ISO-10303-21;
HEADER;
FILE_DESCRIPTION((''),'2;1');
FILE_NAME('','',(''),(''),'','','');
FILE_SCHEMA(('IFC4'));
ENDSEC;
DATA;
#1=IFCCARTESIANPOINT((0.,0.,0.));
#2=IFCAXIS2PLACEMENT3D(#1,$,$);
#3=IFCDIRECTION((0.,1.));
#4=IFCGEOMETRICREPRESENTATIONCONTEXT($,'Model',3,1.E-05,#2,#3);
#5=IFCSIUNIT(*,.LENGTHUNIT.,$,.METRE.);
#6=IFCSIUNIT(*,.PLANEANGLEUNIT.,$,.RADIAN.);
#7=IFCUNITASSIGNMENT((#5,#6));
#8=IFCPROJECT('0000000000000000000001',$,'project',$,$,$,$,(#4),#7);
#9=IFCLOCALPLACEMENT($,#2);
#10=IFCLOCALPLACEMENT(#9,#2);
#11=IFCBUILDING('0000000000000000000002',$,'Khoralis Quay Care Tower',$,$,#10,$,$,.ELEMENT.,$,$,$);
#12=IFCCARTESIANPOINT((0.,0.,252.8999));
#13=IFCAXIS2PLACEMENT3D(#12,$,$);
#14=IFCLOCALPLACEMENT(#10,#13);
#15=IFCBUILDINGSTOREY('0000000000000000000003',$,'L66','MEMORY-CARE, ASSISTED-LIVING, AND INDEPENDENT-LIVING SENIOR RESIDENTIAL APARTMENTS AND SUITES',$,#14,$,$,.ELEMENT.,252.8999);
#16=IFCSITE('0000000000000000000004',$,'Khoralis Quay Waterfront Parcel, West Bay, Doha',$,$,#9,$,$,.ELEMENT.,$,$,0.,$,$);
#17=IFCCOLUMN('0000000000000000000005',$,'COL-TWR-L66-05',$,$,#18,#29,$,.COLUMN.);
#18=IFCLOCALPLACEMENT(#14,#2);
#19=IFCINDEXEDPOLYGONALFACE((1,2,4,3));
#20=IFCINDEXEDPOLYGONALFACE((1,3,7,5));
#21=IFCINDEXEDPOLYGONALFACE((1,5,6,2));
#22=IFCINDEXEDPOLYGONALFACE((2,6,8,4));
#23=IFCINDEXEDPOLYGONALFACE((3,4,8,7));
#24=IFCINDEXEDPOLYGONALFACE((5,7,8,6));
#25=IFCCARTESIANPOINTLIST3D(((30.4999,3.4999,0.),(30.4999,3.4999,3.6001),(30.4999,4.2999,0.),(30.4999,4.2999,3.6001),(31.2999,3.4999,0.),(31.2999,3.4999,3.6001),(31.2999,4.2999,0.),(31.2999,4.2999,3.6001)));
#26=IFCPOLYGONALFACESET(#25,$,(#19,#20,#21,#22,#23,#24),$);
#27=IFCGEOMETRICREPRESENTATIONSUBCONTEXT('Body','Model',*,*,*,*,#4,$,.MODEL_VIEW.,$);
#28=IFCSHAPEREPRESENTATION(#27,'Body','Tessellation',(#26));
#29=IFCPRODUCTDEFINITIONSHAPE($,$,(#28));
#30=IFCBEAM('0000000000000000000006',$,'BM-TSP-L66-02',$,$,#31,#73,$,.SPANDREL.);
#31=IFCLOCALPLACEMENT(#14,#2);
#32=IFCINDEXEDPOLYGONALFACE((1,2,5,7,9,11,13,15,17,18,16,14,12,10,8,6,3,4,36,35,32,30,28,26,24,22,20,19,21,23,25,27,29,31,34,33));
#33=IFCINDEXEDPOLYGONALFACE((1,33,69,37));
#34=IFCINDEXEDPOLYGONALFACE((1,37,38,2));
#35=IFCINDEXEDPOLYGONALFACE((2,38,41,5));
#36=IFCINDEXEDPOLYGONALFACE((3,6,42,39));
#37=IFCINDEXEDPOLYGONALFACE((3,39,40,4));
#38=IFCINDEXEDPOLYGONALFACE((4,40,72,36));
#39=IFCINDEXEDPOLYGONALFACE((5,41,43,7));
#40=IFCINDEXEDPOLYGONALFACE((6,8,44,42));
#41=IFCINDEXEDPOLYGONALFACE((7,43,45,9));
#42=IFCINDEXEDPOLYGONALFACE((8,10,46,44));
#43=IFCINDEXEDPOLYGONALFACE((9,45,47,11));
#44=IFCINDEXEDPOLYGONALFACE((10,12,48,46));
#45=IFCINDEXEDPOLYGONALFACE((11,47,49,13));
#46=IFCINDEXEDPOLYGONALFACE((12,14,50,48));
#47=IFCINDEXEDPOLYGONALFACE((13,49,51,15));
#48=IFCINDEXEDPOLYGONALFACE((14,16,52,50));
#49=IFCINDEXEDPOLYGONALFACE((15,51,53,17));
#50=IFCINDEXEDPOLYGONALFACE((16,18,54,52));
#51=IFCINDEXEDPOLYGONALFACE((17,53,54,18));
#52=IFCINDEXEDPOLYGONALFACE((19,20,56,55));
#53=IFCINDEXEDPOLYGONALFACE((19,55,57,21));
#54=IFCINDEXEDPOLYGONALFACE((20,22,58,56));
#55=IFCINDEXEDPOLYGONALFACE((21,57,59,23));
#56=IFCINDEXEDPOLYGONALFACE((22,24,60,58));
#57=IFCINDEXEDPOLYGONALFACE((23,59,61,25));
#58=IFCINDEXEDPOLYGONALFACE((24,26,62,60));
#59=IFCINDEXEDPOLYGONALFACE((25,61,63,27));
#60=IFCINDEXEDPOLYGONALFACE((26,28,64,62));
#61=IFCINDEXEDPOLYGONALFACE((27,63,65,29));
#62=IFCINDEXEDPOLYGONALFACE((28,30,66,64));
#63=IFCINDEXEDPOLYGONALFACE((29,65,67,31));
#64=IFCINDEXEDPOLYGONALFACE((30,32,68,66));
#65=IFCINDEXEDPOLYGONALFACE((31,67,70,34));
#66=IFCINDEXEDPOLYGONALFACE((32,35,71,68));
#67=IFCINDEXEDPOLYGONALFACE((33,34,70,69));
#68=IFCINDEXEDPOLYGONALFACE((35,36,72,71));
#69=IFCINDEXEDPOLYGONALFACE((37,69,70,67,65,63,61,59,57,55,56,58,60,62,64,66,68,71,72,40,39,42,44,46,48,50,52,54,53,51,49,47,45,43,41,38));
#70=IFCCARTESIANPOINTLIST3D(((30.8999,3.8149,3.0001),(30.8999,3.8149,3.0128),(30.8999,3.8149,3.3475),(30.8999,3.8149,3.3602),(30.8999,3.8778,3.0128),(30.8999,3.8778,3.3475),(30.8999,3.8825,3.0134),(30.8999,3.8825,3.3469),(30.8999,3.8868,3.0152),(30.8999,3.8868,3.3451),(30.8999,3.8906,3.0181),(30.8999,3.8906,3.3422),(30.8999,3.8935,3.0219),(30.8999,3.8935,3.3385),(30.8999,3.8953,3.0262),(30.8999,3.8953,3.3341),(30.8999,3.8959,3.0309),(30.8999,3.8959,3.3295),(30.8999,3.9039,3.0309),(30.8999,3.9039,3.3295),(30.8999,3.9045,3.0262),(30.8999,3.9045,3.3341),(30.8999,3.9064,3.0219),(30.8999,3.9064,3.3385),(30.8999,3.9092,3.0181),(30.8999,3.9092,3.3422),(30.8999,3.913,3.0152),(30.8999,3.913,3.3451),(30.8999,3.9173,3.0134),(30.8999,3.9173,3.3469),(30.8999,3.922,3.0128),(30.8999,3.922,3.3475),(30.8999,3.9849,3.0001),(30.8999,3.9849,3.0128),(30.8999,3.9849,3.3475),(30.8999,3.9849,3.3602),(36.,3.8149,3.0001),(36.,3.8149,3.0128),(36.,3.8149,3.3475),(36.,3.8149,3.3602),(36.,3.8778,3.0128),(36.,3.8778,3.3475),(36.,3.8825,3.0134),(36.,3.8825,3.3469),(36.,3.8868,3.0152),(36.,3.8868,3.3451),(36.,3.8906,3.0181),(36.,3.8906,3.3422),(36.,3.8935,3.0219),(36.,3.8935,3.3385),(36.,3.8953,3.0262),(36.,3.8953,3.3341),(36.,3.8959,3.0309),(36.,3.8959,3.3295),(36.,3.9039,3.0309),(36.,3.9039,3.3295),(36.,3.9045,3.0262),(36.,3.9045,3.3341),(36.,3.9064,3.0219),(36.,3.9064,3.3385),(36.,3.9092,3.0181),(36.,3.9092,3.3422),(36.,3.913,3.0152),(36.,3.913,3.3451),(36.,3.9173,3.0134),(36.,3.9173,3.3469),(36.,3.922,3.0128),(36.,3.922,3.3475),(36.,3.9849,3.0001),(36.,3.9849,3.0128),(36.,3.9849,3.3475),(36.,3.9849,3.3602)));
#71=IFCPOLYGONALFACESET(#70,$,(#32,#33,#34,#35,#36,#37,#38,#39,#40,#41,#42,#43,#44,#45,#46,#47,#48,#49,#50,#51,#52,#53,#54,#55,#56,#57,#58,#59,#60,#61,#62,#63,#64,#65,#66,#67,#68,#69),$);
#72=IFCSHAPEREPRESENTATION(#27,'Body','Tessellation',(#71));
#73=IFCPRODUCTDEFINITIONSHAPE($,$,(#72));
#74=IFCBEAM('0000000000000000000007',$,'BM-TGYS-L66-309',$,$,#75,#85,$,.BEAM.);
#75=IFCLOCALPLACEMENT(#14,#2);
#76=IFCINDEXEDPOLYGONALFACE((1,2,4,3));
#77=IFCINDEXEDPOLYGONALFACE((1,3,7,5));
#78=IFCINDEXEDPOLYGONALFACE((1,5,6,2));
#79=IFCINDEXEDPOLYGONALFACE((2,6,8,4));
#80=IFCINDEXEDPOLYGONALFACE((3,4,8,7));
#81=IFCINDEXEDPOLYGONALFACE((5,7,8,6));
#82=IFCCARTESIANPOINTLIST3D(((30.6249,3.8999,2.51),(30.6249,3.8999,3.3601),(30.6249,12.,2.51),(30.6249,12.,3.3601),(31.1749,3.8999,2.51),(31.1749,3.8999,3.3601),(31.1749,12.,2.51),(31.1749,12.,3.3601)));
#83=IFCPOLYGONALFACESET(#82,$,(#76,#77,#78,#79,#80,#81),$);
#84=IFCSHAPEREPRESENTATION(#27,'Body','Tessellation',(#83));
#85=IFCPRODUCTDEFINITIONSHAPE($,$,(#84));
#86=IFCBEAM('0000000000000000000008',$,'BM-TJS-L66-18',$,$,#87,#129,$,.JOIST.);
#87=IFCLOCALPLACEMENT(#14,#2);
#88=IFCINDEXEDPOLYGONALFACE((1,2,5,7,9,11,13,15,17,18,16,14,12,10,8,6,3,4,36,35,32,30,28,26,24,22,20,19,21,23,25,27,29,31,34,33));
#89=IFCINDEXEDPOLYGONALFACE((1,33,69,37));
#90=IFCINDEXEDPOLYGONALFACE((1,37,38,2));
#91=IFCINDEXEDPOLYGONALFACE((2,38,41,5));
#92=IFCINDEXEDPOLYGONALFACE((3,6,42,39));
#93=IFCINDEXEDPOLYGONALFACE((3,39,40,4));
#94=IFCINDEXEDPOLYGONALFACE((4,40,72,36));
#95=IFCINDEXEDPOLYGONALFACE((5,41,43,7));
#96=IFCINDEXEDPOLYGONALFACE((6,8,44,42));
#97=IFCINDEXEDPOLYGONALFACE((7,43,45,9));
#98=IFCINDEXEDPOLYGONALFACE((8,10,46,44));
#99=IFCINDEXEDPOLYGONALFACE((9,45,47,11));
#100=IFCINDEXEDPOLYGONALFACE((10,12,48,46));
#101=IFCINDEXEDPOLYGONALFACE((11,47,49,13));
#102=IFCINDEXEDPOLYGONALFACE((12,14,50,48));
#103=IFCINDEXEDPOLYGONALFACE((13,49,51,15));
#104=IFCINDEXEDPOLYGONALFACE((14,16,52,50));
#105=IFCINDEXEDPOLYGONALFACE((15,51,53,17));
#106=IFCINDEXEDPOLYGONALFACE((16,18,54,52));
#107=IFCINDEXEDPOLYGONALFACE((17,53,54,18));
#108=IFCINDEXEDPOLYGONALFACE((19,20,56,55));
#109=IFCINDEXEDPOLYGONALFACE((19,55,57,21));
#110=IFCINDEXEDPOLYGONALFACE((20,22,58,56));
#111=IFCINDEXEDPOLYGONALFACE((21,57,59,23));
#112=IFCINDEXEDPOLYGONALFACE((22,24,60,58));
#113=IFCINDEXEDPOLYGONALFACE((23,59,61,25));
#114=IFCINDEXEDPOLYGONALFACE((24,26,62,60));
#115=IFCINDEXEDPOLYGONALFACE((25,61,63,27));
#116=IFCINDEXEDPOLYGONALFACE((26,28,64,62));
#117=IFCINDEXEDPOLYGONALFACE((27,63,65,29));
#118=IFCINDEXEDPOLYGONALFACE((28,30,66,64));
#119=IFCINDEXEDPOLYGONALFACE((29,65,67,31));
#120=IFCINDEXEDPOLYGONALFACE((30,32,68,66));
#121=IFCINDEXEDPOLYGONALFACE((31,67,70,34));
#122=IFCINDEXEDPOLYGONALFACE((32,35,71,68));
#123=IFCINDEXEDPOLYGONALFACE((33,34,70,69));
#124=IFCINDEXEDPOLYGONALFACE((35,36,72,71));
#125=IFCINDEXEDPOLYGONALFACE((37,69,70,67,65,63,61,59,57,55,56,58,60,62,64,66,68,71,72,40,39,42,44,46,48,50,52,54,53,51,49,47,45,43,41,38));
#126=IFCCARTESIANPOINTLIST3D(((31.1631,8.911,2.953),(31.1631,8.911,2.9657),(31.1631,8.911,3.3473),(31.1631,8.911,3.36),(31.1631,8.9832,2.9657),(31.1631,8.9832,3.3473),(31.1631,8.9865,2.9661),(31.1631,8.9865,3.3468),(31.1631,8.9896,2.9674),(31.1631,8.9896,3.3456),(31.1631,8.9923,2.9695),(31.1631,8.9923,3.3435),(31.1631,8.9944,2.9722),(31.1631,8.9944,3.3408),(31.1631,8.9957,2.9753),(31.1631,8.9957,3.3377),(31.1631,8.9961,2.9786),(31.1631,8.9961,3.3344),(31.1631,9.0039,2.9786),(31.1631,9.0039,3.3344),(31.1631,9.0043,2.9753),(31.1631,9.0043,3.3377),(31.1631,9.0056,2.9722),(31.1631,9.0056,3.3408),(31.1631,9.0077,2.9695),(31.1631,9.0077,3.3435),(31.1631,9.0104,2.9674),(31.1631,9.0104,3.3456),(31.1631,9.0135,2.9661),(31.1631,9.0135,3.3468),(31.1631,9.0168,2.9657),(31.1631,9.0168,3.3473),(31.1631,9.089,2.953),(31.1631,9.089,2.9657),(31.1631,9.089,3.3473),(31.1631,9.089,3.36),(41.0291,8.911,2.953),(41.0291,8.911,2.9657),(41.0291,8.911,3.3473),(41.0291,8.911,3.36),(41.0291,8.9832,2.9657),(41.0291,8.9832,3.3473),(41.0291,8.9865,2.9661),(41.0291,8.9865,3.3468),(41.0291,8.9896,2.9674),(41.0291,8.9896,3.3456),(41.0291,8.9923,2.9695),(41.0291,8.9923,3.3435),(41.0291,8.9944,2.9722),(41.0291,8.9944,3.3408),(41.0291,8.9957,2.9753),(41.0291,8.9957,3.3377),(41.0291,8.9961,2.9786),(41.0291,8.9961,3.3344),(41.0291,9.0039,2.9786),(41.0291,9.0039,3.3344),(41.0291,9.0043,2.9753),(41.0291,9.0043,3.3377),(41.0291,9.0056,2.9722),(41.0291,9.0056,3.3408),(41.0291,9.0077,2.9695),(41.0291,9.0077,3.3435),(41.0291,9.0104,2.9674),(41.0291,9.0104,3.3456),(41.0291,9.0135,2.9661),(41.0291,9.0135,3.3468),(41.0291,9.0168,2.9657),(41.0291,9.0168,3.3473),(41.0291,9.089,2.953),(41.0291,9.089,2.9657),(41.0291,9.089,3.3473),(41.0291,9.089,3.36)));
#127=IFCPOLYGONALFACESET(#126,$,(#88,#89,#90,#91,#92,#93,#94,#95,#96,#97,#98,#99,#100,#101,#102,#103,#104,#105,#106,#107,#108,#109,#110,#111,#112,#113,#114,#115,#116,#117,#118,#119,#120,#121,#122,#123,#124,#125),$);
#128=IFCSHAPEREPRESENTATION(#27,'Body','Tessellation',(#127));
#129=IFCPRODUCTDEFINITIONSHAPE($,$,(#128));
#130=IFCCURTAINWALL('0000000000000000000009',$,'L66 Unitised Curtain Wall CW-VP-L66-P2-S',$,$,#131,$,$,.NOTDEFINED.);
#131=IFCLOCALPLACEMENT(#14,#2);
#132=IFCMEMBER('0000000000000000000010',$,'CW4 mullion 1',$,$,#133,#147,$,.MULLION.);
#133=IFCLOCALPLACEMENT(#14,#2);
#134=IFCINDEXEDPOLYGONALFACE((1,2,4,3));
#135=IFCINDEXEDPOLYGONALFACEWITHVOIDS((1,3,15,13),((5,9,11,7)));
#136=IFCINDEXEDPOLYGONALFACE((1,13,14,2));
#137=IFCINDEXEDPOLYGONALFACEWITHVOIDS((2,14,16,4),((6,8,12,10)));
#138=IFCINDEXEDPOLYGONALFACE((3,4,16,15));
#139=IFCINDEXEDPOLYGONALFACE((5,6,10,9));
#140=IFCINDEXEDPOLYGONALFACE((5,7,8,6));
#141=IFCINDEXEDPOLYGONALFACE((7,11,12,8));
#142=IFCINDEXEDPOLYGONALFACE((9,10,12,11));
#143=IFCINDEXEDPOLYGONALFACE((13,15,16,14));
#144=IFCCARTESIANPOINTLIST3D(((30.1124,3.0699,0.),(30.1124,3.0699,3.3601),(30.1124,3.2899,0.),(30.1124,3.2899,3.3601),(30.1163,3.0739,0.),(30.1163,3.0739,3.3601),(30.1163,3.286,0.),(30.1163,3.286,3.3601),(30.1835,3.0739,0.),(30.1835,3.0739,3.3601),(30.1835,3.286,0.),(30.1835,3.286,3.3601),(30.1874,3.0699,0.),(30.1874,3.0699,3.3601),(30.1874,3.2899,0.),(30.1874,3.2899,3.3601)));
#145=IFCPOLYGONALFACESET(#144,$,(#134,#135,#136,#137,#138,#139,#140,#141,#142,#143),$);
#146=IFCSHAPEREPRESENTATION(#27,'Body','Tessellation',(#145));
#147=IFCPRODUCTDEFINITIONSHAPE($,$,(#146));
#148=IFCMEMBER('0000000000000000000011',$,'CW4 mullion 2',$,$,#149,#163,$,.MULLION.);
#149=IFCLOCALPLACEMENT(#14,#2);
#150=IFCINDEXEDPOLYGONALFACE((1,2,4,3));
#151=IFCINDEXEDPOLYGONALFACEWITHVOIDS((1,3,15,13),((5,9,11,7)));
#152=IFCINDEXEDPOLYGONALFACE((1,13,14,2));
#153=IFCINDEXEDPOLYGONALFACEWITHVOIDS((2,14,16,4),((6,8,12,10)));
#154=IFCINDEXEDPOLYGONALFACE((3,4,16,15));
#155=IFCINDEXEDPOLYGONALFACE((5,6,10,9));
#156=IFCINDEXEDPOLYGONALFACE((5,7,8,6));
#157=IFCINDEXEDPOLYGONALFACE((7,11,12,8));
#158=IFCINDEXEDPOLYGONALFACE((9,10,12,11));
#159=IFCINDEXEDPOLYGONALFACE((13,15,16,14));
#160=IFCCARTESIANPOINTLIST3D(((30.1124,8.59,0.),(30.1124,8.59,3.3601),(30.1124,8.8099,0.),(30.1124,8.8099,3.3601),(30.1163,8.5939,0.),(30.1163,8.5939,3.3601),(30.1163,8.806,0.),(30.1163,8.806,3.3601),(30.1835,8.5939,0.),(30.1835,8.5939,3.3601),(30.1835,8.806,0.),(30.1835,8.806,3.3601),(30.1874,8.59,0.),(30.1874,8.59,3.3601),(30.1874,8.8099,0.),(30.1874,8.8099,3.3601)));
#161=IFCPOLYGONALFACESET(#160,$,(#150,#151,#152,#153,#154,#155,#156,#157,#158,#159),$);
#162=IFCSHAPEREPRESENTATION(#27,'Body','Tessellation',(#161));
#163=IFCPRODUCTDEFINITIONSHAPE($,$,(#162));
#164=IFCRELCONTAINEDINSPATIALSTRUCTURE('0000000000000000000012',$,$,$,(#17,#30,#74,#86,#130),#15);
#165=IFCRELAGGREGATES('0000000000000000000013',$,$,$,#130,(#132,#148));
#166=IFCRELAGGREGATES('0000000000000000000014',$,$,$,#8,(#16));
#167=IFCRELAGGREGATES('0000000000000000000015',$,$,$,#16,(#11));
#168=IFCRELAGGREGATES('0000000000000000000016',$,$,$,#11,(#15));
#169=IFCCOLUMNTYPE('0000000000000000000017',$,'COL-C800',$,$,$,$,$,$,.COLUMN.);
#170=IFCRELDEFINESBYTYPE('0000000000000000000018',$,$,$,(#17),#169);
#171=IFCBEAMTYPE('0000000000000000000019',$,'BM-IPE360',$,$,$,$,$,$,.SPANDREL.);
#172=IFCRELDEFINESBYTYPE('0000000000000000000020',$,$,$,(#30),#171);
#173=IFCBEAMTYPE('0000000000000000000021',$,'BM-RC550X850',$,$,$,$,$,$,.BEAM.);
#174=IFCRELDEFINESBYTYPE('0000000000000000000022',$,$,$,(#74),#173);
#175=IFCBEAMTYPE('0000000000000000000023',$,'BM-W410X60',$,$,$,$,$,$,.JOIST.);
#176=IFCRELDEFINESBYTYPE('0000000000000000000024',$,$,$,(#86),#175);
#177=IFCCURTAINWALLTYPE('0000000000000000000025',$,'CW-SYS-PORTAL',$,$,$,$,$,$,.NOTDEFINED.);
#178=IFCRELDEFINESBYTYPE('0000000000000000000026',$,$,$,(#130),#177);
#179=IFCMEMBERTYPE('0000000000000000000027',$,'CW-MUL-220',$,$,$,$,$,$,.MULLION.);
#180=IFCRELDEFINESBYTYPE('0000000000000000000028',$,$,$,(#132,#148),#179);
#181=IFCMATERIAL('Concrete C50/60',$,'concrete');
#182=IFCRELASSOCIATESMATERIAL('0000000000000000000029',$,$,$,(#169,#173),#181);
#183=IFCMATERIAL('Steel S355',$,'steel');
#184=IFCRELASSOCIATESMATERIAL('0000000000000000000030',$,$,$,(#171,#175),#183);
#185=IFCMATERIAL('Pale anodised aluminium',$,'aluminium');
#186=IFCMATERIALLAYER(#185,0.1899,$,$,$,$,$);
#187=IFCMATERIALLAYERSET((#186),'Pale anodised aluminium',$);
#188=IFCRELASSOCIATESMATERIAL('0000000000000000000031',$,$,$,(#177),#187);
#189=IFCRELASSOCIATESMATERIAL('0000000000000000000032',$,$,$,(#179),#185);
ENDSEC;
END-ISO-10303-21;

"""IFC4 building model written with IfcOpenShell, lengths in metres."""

from ifc_helpers import new_model, si_unit, direction, frame, origin, origin_2d, place, context, subcontext, project, spatial, rectangle, hollow_rectangle, i_section, extrude, source, transform, mapped, material, layer, layer_set, material_profile, profile_set, type_object, element, aggregate, save


model = new_model("IFC4")

# Units and contexts
model_context = context("Model", 3, precision=1e-05, world=origin(), true_north=direction((0.0, 1.0)))
body_context = subcontext(model_context, "Body", "Model", "MODEL_VIEW")
ifc_project = project(units=[si_unit("LENGTHUNIT", "METRE"), si_unit("PLANEANGLEUNIT", "RADIAN")], contexts=[model_context])

# Site, building, storey
site_placement = place(None, origin())
site = spatial("IfcSite", under=ifc_project, at=site_placement, Name="Khoralis Quay Waterfront Parcel, West Bay, Doha", CompositionType="ELEMENT", RefElevation=0.0)
building_placement = place(site_placement, origin())
building = spatial("IfcBuilding", under=site, at=building_placement, Name="Khoralis Quay Care Tower", CompositionType="ELEMENT")
storey_placement = place(building_placement, frame((0.0, 0.0, 252.8999)))
storey = spatial("IfcBuildingStorey", under=building, at=storey_placement, Name="L66", Description="MEMORY-CARE, ASSISTED-LIVING, AND INDEPENDENT-LIVING SENIOR RESIDENTIAL APARTMENTS AND SUITES", CompositionType="ELEMENT", Elevation=252.8999)

# Column
ifc_material_1 = material(Name="Concrete C50/60", Category="concrete")
ifc_material_profile_1 = material_profile(ifc_material_1, rectangle(XDim=0.8, YDim=0.8, at=origin_2d()), Name="Concrete C50/60")
ifc_profile_set_1 = profile_set([ifc_material_profile_1], Name="Concrete C50/60")
column_type = type_object("IfcColumnType", Name="COL-C800", PredefinedType="COLUMN", material=ifc_profile_set_1)
shared_shape_1 = source(origin(), body_context, "Body", "SweptSolid", [
    extrude(rectangle(XDim=0.8, YDim=0.8, at=origin_2d()), origin(), (0.0, 0.0, 1.0), 3.6001),
])
column_placement = place(storey_placement, frame((30.8999, 3.8999, 0.0), z_axis=(0.0, 0.0, 1.0), x_axis=(1.0, 0.0, 0.0)))
element("IfcColumn", 1, at=column_placement, inside=storey, type_object=column_type, Name="COL-TWR-L66-05", PredefinedType="COLUMN", context=body_context, shape_type="MappedRepresentation", body=[
    mapped(shared_shape_1, transform((0.0, 0.0, 0.0), scale=1.0)),
])

# Beams
ifc_material_2 = material(Name="Steel S355", Category="steel")
ifc_material_profile_2 = material_profile(ifc_material_2, i_section(OverallWidth=0.1699, OverallDepth=0.3601, WebThickness=0.0081, FlangeThickness=0.0127, FilletRadius=0.0181, at=origin_2d()), Name="Steel S355")
ifc_profile_set_2 = profile_set([ifc_material_profile_2], Name="Steel S355")
beam_type_1 = type_object("IfcBeamType", Name="BM-IPE360", PredefinedType="SPANDREL", material=ifc_profile_set_2)
shared_shape_2 = source(origin(), body_context, "Body", "SweptSolid", [
    extrude(i_section(OverallWidth=0.1699, OverallDepth=0.3601, WebThickness=0.0081, FlangeThickness=0.0127, FilletRadius=0.0181, at=origin_2d()), origin(), (0.0, 0.0, 1.0), 5.1001),
])
beam_1_placement = place(storey_placement, frame((30.8999, 3.8999, 3.1802), z_axis=(1.0, 0.0, 0.0), x_axis=(0.0, 1.0, 0.0)))
element("IfcBeam", 2, at=beam_1_placement, inside=storey, type_object=beam_type_1, Name="BM-TSP-L66-02", PredefinedType="SPANDREL", context=body_context, shape_type="MappedRepresentation", body=[
    mapped(shared_shape_2, transform((0.0, 0.0, 0.0), scale=1.0)),
])
ifc_material_profile_3 = material_profile(ifc_material_1, rectangle(XDim=0.55, YDim=0.8501, at=origin_2d()), Name="Concrete C50/60")
ifc_profile_set_3 = profile_set([ifc_material_profile_3], Name="Concrete C50/60")
beam_type_2 = type_object("IfcBeamType", Name="BM-RC550X850", PredefinedType="BEAM", material=ifc_profile_set_3)
shared_shape_3 = source(origin(), body_context, "Body", "SweptSolid", [
    extrude(rectangle(XDim=0.55, YDim=0.8501, at=origin_2d()), origin(), (0.0, 0.0, 1.0), 8.1001),
])
beam_2_placement = place(storey_placement, frame((30.8999, 3.8999, 2.9351), z_axis=(0.0, 1.0, 0.0), x_axis=(-1.0, 0.0, 0.0)))
element("IfcBeam", 3, at=beam_2_placement, inside=storey, type_object=beam_type_2, Name="BM-TGYS-L66-309", PredefinedType="BEAM", context=body_context, shape_type="MappedRepresentation", body=[
    mapped(shared_shape_3, transform((0.0, 0.0, 0.0), scale=1.0)),
])
ifc_material_profile_4 = material_profile(ifc_material_2, i_section(OverallWidth=0.178, OverallDepth=0.407, WebThickness=0.0078, FlangeThickness=0.0127, FilletRadius=0.0129, at=origin_2d()), Name="Steel S355")
ifc_profile_set_4 = profile_set([ifc_material_profile_4], Name="Steel S355")
beam_type_3 = type_object("IfcBeamType", Name="BM-W410X60", PredefinedType="JOIST", material=ifc_profile_set_4)
shared_shape_4 = source(origin(), body_context, "Body", "SweptSolid", [
    extrude(i_section(OverallWidth=0.178, OverallDepth=0.407, WebThickness=0.0078, FlangeThickness=0.0127, FilletRadius=0.0129, at=origin_2d()), origin(), (0.0, 0.0, 1.0), 9.866),
])
beam_3_placement = place(storey_placement, frame((31.1631, 9.0, 3.1565), z_axis=(1.0, 0.0, 0.0), x_axis=(0.0, 1.0, 0.0)))
element("IfcBeam", 4, at=beam_3_placement, inside=storey, type_object=beam_type_3, Name="BM-TJS-L66-18", PredefinedType="JOIST", context=body_context, shape_type="MappedRepresentation", body=[
    mapped(shared_shape_4, transform((0.0, 0.0, 0.0), scale=1.0)),
])

# Curtain wall, members
ifc_material_3 = material(Name="Pale anodised aluminium", Category="aluminium")
ifc_layer_1 = layer(ifc_material_3, 0.1899)
ifc_layer_set_1 = layer_set([ifc_layer_1], Name="Pale anodised aluminium")
curtain_wall_type = type_object("IfcCurtainWallType", Name="CW-SYS-PORTAL", PredefinedType="NOTDEFINED", material=ifc_layer_set_1)
curtain_wall_placement = place(storey_placement, origin())
curtain_wall = element("IfcCurtainWall", 5, at=curtain_wall_placement, inside=storey, type_object=curtain_wall_type, Name="L66 Unitised Curtain Wall CW-VP-L66-P2-S", PredefinedType="NOTDEFINED")
ifc_material_profile_5 = material_profile(ifc_material_3, hollow_rectangle(XDim=0.075, YDim=0.22, WallThickness=0.0039, at=origin_2d()), Name="Pale anodised aluminium")
ifc_profile_set_5 = profile_set([ifc_material_profile_5], Name="Pale anodised aluminium")
member_type_1 = type_object("IfcMemberType", Name="CW-MUL-220", PredefinedType="MULLION", material=ifc_profile_set_5)
shared_shape_5 = source(origin(), body_context, "Body", "SweptSolid", [
    extrude(hollow_rectangle(XDim=0.075, YDim=0.22, WallThickness=0.0039, at=origin_2d()), origin(), (0.0, 0.0, 1.0), 3.3601),
])
member_1_placement = place(storey_placement, frame((30.1499, 3.1799, 0.0), z_axis=(0.0, 0.0, 1.0), x_axis=(-1.0, 0.0, 0.0)))
member_1 = element("IfcMember", 6, at=member_1_placement, type_object=member_type_1, Name="CW4 mullion 1", PredefinedType="MULLION", context=body_context, shape_type="MappedRepresentation", body=[
    mapped(shared_shape_5, transform((0.0, 0.0, 0.0), scale=1.0)),
])
member_2_placement = place(storey_placement, frame((30.1499, 8.7, 0.0), z_axis=(0.0, 0.0, 1.0), x_axis=(-1.0, 0.0, 0.0)))
member_2 = element("IfcMember", 7, at=member_2_placement, type_object=member_type_1, Name="CW4 mullion 2", PredefinedType="MULLION", context=body_context, shape_type="MappedRepresentation", body=[
    mapped(shared_shape_5, transform((0.0, 0.0, 0.0), scale=1.0)),
])
aggregate(curtain_wall, [member_1, member_2])

save(model, "model.ifc")
